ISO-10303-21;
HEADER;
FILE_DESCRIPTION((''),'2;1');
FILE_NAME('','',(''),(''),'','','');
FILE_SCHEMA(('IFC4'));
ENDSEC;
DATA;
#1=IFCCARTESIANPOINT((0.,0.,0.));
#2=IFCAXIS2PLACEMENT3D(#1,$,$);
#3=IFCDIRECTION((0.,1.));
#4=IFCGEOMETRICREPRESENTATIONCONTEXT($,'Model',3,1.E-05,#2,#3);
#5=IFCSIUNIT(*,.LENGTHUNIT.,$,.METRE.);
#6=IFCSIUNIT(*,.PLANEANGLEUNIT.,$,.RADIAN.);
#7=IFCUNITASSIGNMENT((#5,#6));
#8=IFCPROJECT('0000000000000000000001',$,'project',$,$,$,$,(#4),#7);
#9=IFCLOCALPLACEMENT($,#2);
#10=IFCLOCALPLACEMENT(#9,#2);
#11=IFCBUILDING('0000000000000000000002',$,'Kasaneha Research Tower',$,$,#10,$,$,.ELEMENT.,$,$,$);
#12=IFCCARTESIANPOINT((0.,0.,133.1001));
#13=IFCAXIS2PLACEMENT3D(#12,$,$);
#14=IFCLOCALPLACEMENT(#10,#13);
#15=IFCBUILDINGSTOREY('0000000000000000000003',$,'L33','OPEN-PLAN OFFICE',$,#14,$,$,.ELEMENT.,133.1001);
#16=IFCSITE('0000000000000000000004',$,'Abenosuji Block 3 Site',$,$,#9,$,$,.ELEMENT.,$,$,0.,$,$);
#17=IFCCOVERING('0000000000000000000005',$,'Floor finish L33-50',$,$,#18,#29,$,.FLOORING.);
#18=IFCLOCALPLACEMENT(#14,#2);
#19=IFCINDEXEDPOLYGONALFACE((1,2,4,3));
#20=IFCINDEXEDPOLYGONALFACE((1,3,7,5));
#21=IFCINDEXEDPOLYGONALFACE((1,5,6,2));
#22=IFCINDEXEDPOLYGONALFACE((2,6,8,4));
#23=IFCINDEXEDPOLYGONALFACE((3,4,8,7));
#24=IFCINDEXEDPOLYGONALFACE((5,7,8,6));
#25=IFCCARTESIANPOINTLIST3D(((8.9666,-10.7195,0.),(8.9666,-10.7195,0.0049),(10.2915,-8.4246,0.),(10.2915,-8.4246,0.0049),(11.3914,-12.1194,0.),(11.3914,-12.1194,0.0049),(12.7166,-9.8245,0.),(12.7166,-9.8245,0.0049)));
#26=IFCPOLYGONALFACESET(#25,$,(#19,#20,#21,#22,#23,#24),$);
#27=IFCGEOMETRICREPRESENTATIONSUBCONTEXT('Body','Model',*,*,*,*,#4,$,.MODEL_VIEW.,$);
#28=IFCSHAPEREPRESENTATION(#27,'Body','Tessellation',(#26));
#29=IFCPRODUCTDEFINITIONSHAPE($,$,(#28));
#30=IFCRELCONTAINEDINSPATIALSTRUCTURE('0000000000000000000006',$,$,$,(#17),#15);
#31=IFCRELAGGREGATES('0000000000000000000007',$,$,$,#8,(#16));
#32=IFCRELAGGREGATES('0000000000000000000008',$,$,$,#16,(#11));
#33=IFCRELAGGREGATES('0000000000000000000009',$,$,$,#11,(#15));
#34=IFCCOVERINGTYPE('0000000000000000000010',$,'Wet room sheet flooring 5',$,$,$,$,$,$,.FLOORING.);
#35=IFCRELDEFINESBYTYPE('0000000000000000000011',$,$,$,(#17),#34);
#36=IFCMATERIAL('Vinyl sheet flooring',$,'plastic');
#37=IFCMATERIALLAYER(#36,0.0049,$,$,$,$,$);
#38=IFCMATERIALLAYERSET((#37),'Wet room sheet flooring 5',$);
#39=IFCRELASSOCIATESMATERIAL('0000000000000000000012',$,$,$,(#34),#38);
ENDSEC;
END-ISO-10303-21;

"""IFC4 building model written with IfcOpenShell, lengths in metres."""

from ifc_helpers import new_model, si_unit, direction, frame, origin, place, context, subcontext, project, spatial, polyline, outline, extrude, material, layer, layer_set, type_object, element, save


model = new_model("IFC4")

# Units and contexts
model_context = context("Model", 3, precision=1e-05, world=origin(), true_north=direction((0.0, 1.0)))
body_context = subcontext(model_context, "Body", "Model", "MODEL_VIEW")
ifc_project = project(units=[si_unit("LENGTHUNIT", "METRE"), si_unit("PLANEANGLEUNIT", "RADIAN")], contexts=[model_context])

# Site, building, storey
site_placement = place(None, origin())
site = spatial("IfcSite", under=ifc_project, at=site_placement, Name="Abenosuji Block 3 Site", CompositionType="ELEMENT", RefElevation=0.0)
building_placement = place(site_placement, origin())
building = spatial("IfcBuilding", under=site, at=building_placement, Name="Kasaneha Research Tower", CompositionType="ELEMENT")
storey_placement = place(building_placement, frame((0.0, 0.0, 133.1001)))
storey = spatial("IfcBuildingStorey", under=building, at=storey_placement, Name="L33", Description="OPEN-PLAN OFFICE", CompositionType="ELEMENT", Elevation=133.1001)

# Covering
ifc_material_1 = material(Name="Vinyl sheet flooring", Category="plastic")
ifc_layer_1 = layer(ifc_material_1, 0.0049)
ifc_layer_set_1 = layer_set([ifc_layer_1], Name="Wet room sheet flooring 5")
covering_type_1 = type_object("IfcCoveringType", Name="Wet room sheet flooring 5", PredefinedType="FLOORING", material=ifc_layer_set_1)
covering_1_placement = place(storey_placement, origin())
element("IfcCovering", 1, at=covering_1_placement, inside=storey, type_object=covering_type_1, Name="Floor finish L33-50", PredefinedType="FLOORING", context=body_context, shape_type="SweptSolid", body=[
    extrude(outline(polyline([(11.3914, -12.1194), (8.9666, -10.7195), (10.2915, -8.4246), (12.7166, -9.8245), (11.3914, -12.1194)])), origin(), (0.0, 0.0, 1.0), 0.0049),
])

save(model, "model.ifc")
